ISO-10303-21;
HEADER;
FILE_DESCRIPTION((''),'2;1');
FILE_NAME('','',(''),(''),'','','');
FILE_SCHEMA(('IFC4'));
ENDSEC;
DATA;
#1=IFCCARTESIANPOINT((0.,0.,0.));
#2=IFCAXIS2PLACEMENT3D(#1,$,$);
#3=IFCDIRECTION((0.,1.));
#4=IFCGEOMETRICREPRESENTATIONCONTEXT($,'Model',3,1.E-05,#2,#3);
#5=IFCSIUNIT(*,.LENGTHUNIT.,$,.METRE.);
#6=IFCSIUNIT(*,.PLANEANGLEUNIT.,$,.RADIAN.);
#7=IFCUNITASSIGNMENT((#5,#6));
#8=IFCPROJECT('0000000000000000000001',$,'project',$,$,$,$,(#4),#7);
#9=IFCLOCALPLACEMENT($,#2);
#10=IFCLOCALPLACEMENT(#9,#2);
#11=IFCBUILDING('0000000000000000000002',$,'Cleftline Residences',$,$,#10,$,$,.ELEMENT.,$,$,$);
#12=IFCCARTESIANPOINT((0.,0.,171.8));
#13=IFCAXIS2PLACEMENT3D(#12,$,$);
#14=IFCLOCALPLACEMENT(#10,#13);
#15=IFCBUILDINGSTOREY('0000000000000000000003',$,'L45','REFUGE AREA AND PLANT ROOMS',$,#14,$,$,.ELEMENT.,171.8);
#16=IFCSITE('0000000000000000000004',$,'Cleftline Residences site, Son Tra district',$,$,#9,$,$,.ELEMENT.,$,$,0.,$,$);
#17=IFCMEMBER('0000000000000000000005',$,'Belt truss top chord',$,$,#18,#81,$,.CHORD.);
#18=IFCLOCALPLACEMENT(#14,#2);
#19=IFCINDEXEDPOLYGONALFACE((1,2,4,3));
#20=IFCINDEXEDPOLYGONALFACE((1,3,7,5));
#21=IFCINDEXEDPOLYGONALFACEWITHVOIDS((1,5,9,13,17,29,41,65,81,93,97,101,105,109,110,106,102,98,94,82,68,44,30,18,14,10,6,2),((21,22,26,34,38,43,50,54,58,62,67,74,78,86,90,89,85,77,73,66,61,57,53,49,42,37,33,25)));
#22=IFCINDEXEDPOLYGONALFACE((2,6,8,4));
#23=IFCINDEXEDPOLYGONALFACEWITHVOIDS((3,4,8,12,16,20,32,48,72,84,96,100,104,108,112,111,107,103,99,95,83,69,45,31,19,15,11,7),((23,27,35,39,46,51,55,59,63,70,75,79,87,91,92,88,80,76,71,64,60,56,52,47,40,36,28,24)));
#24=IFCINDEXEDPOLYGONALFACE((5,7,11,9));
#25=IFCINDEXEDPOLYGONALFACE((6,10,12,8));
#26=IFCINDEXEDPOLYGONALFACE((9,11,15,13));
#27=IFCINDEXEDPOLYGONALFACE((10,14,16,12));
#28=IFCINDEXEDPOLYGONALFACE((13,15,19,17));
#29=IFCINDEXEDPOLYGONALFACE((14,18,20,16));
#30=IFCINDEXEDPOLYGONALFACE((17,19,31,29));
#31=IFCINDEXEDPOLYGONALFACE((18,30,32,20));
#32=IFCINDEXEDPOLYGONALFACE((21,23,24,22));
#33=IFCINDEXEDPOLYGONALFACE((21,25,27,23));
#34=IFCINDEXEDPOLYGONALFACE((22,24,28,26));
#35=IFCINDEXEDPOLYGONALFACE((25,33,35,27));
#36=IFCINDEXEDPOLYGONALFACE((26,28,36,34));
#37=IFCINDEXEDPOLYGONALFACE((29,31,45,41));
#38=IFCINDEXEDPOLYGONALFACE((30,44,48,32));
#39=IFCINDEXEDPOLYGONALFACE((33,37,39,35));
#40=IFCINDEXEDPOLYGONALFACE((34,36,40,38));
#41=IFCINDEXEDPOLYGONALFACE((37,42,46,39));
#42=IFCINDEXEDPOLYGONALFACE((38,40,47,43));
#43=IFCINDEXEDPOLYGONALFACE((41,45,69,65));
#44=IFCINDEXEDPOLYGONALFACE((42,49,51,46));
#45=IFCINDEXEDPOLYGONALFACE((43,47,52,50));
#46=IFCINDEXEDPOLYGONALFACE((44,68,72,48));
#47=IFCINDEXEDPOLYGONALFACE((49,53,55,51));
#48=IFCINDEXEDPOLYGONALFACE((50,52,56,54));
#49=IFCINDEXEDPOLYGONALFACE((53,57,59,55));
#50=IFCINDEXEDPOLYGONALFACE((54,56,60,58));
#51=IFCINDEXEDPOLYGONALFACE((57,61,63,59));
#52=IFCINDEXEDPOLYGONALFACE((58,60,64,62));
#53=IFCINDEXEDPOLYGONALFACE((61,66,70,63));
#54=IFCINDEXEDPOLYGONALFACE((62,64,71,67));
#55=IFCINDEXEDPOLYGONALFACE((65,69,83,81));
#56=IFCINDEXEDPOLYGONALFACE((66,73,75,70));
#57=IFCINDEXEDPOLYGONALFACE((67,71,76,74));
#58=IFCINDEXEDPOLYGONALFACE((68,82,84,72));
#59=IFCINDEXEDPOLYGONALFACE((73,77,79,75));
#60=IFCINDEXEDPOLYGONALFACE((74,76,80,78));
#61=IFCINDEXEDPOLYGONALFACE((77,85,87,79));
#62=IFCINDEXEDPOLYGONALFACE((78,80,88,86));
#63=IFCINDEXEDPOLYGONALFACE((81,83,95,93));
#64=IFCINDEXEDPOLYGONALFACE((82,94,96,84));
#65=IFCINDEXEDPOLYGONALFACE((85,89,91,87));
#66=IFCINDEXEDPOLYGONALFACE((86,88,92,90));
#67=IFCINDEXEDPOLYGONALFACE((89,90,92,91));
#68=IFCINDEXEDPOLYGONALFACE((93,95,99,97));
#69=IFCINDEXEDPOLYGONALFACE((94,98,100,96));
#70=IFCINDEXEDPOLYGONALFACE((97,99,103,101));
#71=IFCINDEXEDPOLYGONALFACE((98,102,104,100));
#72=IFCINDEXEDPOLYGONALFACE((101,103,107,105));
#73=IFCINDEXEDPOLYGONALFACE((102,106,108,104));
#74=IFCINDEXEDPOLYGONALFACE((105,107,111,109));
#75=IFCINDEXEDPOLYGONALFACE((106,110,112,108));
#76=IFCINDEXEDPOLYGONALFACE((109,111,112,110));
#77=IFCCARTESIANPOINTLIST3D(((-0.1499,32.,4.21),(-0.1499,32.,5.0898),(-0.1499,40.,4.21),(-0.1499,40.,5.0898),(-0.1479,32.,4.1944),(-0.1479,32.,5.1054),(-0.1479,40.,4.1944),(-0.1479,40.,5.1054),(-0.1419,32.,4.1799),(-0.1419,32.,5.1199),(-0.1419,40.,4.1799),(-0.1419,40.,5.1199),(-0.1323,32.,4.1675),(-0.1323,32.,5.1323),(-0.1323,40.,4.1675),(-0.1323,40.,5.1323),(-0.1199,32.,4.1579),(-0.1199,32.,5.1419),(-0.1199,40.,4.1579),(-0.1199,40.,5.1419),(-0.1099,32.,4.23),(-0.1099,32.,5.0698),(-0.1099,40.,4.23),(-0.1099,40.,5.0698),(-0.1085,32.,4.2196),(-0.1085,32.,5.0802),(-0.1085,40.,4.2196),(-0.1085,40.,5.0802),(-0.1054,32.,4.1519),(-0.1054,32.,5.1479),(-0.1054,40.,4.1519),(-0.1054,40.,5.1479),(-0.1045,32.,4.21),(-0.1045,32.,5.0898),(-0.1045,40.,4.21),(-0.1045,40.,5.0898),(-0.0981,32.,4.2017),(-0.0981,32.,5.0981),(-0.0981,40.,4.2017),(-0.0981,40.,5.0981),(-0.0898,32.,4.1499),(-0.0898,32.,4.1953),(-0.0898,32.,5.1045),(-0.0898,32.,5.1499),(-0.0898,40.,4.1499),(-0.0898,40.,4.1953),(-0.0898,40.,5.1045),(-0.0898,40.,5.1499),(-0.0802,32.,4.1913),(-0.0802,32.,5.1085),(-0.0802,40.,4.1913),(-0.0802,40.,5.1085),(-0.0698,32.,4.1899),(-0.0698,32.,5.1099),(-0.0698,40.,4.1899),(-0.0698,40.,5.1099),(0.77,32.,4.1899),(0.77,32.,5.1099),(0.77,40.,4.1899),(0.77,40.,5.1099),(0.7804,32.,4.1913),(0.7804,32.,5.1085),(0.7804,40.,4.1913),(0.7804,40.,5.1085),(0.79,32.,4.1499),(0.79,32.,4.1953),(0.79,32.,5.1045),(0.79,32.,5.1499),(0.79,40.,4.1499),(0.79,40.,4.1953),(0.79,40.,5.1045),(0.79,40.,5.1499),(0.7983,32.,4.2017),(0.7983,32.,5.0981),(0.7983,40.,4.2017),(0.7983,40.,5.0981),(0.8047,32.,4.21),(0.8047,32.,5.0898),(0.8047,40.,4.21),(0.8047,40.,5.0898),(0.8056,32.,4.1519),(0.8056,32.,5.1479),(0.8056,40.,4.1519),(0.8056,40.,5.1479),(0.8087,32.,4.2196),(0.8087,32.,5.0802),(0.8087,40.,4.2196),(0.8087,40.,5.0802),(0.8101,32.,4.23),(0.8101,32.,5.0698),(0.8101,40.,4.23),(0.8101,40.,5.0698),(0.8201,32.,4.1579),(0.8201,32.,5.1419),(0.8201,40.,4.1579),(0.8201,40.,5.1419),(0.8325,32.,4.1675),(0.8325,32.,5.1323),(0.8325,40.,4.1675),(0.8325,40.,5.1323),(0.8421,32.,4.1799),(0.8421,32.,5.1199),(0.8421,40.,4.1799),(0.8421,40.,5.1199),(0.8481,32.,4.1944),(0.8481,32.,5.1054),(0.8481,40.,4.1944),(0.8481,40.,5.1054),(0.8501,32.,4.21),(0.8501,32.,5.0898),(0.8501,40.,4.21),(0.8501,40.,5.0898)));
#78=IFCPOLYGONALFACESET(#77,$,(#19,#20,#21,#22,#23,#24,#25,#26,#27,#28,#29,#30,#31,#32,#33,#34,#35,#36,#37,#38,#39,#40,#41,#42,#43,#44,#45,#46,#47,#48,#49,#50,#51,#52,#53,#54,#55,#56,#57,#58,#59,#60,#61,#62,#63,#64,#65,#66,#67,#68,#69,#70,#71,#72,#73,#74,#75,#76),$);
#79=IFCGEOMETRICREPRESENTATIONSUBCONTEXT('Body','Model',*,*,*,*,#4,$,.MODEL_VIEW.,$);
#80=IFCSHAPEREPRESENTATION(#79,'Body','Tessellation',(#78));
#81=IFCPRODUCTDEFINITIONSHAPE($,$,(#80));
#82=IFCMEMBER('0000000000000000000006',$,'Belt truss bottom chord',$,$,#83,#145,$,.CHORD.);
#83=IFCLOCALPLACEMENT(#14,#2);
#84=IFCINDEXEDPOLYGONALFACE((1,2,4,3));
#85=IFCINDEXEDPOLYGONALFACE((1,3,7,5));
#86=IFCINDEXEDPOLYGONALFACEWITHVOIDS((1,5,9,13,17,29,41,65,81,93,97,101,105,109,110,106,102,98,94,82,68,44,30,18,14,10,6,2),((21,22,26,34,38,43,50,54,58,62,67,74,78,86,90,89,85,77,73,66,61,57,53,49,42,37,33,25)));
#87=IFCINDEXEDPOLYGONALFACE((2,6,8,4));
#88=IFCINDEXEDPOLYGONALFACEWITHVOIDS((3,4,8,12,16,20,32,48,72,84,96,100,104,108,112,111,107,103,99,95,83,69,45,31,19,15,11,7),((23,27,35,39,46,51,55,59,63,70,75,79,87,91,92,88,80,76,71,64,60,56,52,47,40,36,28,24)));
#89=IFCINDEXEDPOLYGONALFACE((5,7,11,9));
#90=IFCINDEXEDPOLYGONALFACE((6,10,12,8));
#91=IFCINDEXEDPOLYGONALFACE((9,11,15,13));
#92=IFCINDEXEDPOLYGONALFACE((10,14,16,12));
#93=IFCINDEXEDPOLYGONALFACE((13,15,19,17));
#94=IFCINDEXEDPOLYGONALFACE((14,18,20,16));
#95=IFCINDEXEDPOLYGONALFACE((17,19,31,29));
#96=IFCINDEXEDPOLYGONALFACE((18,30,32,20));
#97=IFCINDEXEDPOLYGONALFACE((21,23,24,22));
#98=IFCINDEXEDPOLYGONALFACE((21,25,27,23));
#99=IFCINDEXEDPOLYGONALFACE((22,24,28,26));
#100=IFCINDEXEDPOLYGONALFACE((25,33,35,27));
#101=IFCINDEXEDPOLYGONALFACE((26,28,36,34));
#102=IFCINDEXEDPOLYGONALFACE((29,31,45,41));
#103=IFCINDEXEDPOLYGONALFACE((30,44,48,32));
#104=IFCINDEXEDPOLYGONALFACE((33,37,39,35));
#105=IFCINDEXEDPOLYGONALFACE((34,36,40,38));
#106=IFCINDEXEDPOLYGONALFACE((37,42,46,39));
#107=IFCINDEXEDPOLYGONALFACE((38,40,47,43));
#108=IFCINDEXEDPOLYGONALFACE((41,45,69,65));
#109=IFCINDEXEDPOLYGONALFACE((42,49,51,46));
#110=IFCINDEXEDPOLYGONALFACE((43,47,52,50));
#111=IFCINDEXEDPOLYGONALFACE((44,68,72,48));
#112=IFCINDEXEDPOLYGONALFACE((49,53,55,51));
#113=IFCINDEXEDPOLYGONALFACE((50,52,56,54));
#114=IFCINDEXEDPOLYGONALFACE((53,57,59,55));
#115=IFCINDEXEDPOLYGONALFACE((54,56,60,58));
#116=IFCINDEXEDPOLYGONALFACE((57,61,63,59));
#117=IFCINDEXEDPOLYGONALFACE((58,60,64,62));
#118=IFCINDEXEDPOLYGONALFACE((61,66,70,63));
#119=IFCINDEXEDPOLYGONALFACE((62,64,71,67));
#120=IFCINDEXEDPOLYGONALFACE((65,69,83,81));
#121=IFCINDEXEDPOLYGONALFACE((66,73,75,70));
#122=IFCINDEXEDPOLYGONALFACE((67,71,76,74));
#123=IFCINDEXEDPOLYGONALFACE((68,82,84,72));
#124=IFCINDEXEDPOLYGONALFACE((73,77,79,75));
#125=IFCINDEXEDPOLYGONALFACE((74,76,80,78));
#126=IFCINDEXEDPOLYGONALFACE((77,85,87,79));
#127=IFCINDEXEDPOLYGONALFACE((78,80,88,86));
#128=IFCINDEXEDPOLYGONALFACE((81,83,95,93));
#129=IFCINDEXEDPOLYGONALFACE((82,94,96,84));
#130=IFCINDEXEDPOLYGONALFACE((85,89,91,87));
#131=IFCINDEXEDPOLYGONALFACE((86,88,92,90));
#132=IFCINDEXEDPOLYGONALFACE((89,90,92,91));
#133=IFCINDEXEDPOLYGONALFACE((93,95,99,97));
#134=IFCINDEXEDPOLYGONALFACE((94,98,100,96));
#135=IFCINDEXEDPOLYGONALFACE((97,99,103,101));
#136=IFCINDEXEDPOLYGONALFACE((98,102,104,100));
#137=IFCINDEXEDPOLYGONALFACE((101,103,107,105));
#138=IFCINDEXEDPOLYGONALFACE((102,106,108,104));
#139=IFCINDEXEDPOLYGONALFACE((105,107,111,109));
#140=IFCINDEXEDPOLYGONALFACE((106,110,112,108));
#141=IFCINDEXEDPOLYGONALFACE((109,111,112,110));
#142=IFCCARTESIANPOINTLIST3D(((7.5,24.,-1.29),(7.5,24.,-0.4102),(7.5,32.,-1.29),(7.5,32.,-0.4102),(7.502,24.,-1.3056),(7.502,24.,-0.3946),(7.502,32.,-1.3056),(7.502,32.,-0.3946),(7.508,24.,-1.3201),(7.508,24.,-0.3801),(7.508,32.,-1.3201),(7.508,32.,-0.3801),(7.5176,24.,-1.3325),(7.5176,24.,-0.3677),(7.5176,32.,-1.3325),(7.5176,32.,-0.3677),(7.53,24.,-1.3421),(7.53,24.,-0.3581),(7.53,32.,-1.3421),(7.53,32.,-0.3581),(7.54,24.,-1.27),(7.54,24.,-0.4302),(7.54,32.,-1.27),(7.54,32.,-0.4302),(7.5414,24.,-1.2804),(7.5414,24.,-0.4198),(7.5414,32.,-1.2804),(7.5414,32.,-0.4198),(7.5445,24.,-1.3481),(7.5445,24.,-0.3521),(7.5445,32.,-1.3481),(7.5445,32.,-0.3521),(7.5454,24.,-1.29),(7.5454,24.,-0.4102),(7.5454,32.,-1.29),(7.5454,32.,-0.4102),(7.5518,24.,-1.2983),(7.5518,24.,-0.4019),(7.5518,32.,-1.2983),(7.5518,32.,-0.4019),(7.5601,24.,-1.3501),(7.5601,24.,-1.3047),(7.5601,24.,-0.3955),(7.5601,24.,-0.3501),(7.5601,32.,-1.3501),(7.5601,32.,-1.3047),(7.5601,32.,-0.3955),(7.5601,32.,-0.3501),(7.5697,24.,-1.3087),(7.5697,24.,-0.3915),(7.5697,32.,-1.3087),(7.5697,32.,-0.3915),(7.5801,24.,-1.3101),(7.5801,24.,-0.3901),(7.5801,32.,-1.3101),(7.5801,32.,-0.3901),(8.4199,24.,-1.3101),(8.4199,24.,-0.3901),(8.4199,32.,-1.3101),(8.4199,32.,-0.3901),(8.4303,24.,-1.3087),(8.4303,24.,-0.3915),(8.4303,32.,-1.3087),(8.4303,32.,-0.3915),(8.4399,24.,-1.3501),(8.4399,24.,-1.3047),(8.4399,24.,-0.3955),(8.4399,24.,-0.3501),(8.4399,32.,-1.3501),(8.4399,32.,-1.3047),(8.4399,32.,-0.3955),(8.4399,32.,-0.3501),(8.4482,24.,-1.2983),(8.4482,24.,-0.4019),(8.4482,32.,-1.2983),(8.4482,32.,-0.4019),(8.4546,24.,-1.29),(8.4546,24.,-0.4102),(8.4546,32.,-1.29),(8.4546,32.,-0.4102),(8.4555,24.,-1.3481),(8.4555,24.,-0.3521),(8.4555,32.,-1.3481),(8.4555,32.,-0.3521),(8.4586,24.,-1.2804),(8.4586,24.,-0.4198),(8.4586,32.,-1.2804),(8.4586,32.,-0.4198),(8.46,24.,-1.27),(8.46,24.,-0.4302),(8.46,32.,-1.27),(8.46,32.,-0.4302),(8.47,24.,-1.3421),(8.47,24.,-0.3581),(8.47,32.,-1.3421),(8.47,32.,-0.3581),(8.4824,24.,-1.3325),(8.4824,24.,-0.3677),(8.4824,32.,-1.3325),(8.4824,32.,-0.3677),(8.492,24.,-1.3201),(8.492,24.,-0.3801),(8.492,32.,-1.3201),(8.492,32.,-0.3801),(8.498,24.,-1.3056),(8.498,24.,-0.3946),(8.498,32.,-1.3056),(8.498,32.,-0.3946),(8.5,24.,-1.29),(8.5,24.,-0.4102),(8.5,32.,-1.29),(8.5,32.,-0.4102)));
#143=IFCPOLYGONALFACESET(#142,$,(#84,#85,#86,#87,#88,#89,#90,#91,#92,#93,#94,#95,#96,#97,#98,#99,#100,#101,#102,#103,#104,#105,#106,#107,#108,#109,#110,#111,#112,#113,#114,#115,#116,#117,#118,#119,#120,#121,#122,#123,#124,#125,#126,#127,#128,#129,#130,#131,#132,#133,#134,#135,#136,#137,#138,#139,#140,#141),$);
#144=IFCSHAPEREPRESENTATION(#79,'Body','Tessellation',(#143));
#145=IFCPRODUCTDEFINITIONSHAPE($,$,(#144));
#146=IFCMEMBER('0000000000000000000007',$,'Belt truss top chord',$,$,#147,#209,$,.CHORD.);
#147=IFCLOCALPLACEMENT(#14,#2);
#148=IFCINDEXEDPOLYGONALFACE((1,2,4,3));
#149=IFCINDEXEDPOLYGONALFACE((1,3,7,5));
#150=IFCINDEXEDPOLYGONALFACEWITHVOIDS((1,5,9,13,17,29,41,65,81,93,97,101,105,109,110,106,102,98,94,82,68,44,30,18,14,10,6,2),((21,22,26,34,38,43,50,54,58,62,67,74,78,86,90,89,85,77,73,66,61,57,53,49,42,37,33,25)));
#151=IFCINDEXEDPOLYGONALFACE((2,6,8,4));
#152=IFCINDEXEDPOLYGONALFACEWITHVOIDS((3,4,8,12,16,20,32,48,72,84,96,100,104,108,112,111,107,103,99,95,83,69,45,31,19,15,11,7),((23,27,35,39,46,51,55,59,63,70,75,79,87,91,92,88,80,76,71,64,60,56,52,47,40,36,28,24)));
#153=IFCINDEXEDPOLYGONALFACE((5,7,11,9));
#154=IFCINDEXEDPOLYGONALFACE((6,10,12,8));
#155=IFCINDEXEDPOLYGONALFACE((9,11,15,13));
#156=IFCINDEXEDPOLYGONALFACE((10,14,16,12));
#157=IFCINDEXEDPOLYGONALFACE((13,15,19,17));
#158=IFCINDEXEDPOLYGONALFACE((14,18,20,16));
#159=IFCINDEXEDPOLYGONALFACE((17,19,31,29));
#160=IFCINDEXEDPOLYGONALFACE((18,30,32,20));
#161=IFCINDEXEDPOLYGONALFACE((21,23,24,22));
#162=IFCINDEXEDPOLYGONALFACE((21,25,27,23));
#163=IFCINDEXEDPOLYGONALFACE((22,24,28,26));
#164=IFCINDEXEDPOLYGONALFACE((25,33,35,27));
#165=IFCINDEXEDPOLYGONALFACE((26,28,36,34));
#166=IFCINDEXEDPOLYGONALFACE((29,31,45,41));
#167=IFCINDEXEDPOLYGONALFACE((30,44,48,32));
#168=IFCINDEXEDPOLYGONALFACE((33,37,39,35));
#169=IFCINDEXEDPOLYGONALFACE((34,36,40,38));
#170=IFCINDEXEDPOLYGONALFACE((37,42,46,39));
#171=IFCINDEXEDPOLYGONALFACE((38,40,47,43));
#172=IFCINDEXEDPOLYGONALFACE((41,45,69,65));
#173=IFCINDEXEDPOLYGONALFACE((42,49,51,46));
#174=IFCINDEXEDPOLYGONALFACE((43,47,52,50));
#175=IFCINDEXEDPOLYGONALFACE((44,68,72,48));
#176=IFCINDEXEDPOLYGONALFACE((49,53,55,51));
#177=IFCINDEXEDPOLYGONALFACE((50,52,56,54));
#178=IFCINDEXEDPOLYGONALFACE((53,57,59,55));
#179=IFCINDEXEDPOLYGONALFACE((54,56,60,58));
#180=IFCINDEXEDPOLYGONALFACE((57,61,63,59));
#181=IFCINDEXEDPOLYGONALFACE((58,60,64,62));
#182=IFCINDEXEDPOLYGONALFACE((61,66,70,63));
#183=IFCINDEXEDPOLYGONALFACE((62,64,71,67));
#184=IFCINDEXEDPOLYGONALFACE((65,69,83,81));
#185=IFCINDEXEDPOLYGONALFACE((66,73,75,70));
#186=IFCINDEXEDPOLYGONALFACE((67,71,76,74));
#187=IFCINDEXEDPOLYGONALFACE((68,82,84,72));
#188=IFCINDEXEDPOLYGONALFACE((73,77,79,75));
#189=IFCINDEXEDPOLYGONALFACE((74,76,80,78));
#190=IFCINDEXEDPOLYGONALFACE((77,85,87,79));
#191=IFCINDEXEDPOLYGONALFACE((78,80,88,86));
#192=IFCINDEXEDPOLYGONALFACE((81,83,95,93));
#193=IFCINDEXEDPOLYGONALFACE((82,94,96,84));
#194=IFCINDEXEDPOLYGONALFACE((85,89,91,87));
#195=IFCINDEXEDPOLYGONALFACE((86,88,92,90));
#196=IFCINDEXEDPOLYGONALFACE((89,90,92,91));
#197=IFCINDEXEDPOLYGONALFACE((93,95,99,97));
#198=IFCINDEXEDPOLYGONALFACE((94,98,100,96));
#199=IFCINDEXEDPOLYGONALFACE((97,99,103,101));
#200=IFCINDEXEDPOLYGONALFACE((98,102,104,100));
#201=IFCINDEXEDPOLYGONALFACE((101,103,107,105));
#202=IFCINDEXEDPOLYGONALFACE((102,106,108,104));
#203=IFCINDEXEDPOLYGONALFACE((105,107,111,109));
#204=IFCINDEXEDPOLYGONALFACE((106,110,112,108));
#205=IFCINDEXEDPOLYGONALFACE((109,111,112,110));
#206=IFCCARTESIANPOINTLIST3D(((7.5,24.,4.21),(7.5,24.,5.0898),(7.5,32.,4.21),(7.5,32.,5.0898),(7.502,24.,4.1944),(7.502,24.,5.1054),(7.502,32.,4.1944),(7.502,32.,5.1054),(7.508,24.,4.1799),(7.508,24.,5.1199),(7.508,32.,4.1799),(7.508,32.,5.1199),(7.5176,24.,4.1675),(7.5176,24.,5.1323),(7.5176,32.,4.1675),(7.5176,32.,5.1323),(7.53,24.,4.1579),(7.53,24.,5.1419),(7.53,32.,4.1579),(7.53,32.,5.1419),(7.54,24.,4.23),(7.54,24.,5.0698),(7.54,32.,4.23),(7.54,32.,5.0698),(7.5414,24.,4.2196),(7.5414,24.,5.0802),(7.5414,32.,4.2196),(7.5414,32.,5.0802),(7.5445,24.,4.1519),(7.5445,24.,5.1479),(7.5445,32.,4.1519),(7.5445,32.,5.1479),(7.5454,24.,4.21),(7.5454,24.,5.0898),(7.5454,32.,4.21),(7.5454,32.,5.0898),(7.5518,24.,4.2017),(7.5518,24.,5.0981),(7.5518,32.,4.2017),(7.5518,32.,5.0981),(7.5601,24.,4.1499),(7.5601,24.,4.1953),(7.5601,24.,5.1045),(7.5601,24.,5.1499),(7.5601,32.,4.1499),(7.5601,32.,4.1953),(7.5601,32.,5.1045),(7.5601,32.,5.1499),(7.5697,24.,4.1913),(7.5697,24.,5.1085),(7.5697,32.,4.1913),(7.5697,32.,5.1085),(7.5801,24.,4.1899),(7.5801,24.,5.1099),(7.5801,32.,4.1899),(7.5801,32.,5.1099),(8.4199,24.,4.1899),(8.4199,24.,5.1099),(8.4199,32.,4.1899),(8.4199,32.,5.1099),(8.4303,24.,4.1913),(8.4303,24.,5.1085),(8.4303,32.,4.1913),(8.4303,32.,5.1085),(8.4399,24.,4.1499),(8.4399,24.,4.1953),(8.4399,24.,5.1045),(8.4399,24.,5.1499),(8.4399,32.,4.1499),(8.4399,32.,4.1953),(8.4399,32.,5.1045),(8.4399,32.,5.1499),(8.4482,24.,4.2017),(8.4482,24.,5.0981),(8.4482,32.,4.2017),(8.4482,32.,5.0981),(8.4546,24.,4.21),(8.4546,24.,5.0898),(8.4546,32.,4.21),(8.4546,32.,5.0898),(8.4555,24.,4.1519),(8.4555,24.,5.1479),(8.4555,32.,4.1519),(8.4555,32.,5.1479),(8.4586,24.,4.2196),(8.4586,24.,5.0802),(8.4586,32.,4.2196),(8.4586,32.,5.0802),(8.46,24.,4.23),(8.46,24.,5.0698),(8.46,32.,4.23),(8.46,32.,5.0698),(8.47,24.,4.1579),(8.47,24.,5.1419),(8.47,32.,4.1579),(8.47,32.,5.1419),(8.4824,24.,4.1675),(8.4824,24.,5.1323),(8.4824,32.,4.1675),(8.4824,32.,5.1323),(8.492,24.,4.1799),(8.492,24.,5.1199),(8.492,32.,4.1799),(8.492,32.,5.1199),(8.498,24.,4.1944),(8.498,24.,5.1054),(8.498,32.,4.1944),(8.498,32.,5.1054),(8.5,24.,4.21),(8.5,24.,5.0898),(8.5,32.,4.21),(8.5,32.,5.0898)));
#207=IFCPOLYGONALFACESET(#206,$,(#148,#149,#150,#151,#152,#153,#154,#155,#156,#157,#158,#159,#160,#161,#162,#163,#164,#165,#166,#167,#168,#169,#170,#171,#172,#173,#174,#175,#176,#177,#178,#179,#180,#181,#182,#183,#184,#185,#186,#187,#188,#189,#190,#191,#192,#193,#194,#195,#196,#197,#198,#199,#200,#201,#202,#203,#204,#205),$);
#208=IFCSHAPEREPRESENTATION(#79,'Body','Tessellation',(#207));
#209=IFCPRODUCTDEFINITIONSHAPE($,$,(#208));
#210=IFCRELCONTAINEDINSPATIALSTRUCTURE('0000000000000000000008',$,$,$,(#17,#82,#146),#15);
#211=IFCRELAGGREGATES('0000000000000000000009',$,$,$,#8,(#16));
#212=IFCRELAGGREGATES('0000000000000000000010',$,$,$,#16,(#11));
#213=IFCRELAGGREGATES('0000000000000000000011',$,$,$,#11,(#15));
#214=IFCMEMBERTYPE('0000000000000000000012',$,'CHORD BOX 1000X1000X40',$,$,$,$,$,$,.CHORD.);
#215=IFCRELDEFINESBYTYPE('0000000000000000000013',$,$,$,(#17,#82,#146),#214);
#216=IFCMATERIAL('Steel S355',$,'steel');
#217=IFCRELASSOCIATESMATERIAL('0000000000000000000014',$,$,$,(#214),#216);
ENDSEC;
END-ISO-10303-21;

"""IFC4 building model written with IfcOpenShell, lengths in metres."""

from ifc_helpers import new_model, si_unit, direction, frame, origin, origin_2d, place, context, subcontext, project, spatial, hollow_rectangle, extrude, material, material_profile, profile_set, type_object, element, save


model = new_model("IFC4")

# Units and contexts
model_context = context("Model", 3, precision=1e-05, world=origin(), true_north=direction((0.0, 1.0)))
body_context = subcontext(model_context, "Body", "Model", "MODEL_VIEW")
ifc_project = project(units=[si_unit("LENGTHUNIT", "METRE"), si_unit("PLANEANGLEUNIT", "RADIAN")], contexts=[model_context])

# Site, building, storey
site_placement = place(None, origin())
site = spatial("IfcSite", under=ifc_project, at=site_placement, Name="Cleftline Residences site, Son Tra district", CompositionType="ELEMENT", RefElevation=0.0)
building_placement = place(site_placement, origin())
building = spatial("IfcBuilding", under=site, at=building_placement, Name="Cleftline Residences", CompositionType="ELEMENT")
storey_placement = place(building_placement, frame((0.0, 0.0, 171.8)))
storey = spatial("IfcBuildingStorey", under=building, at=storey_placement, Name="L45", Description="REFUGE AREA AND PLANT ROOMS", CompositionType="ELEMENT", Elevation=171.8)

# Members
ifc_material_1 = material(Name="Steel S355", Category="steel")
ifc_material_profile_1 = material_profile(ifc_material_1, hollow_rectangle(XDim=1.0, YDim=1.0, WallThickness=0.04, InnerFilletRadius=0.04, OuterFilletRadius=0.0601, at=origin_2d()))
ifc_profile_set_1 = profile_set([ifc_material_profile_1], Name="Steel S355")
member_type_1 = type_object("IfcMemberType", Name="CHORD BOX 1000X1000X40", PredefinedType="CHORD", material=ifc_profile_set_1)
for number, where, z_axis, x_axis, name in (
    (1, (0.3501, 32.0, 4.6499), (0.0, 1.0, 0.0), (-1.0, 0.0, 0.0), "Belt truss top chord"),
    (2, (8.0, 24.0, -0.8501), (0.0, 1.0, 0.0), (-1.0, 0.0, 0.0), "Belt truss bottom chord"),
    (3, (8.0, 24.0, 4.6499), (0.0, 1.0, 0.0), (-1.0, 0.0, 0.0), "Belt truss top chord"),
):
    element("IfcMember", number, at=place(storey_placement, frame(where, z_axis=z_axis, x_axis=x_axis)), inside=storey, type_object=member_type_1, Name=name, PredefinedType="CHORD", context=body_context, shape_type="SweptSolid", body=[
        extrude(hollow_rectangle(XDim=1.0, YDim=1.0, WallThickness=0.04, InnerFilletRadius=0.04, OuterFilletRadius=0.0601, at=origin_2d()), origin(), (0.0, 0.0, 1.0), 8.0),
    ])

save(model, "model.ifc")
